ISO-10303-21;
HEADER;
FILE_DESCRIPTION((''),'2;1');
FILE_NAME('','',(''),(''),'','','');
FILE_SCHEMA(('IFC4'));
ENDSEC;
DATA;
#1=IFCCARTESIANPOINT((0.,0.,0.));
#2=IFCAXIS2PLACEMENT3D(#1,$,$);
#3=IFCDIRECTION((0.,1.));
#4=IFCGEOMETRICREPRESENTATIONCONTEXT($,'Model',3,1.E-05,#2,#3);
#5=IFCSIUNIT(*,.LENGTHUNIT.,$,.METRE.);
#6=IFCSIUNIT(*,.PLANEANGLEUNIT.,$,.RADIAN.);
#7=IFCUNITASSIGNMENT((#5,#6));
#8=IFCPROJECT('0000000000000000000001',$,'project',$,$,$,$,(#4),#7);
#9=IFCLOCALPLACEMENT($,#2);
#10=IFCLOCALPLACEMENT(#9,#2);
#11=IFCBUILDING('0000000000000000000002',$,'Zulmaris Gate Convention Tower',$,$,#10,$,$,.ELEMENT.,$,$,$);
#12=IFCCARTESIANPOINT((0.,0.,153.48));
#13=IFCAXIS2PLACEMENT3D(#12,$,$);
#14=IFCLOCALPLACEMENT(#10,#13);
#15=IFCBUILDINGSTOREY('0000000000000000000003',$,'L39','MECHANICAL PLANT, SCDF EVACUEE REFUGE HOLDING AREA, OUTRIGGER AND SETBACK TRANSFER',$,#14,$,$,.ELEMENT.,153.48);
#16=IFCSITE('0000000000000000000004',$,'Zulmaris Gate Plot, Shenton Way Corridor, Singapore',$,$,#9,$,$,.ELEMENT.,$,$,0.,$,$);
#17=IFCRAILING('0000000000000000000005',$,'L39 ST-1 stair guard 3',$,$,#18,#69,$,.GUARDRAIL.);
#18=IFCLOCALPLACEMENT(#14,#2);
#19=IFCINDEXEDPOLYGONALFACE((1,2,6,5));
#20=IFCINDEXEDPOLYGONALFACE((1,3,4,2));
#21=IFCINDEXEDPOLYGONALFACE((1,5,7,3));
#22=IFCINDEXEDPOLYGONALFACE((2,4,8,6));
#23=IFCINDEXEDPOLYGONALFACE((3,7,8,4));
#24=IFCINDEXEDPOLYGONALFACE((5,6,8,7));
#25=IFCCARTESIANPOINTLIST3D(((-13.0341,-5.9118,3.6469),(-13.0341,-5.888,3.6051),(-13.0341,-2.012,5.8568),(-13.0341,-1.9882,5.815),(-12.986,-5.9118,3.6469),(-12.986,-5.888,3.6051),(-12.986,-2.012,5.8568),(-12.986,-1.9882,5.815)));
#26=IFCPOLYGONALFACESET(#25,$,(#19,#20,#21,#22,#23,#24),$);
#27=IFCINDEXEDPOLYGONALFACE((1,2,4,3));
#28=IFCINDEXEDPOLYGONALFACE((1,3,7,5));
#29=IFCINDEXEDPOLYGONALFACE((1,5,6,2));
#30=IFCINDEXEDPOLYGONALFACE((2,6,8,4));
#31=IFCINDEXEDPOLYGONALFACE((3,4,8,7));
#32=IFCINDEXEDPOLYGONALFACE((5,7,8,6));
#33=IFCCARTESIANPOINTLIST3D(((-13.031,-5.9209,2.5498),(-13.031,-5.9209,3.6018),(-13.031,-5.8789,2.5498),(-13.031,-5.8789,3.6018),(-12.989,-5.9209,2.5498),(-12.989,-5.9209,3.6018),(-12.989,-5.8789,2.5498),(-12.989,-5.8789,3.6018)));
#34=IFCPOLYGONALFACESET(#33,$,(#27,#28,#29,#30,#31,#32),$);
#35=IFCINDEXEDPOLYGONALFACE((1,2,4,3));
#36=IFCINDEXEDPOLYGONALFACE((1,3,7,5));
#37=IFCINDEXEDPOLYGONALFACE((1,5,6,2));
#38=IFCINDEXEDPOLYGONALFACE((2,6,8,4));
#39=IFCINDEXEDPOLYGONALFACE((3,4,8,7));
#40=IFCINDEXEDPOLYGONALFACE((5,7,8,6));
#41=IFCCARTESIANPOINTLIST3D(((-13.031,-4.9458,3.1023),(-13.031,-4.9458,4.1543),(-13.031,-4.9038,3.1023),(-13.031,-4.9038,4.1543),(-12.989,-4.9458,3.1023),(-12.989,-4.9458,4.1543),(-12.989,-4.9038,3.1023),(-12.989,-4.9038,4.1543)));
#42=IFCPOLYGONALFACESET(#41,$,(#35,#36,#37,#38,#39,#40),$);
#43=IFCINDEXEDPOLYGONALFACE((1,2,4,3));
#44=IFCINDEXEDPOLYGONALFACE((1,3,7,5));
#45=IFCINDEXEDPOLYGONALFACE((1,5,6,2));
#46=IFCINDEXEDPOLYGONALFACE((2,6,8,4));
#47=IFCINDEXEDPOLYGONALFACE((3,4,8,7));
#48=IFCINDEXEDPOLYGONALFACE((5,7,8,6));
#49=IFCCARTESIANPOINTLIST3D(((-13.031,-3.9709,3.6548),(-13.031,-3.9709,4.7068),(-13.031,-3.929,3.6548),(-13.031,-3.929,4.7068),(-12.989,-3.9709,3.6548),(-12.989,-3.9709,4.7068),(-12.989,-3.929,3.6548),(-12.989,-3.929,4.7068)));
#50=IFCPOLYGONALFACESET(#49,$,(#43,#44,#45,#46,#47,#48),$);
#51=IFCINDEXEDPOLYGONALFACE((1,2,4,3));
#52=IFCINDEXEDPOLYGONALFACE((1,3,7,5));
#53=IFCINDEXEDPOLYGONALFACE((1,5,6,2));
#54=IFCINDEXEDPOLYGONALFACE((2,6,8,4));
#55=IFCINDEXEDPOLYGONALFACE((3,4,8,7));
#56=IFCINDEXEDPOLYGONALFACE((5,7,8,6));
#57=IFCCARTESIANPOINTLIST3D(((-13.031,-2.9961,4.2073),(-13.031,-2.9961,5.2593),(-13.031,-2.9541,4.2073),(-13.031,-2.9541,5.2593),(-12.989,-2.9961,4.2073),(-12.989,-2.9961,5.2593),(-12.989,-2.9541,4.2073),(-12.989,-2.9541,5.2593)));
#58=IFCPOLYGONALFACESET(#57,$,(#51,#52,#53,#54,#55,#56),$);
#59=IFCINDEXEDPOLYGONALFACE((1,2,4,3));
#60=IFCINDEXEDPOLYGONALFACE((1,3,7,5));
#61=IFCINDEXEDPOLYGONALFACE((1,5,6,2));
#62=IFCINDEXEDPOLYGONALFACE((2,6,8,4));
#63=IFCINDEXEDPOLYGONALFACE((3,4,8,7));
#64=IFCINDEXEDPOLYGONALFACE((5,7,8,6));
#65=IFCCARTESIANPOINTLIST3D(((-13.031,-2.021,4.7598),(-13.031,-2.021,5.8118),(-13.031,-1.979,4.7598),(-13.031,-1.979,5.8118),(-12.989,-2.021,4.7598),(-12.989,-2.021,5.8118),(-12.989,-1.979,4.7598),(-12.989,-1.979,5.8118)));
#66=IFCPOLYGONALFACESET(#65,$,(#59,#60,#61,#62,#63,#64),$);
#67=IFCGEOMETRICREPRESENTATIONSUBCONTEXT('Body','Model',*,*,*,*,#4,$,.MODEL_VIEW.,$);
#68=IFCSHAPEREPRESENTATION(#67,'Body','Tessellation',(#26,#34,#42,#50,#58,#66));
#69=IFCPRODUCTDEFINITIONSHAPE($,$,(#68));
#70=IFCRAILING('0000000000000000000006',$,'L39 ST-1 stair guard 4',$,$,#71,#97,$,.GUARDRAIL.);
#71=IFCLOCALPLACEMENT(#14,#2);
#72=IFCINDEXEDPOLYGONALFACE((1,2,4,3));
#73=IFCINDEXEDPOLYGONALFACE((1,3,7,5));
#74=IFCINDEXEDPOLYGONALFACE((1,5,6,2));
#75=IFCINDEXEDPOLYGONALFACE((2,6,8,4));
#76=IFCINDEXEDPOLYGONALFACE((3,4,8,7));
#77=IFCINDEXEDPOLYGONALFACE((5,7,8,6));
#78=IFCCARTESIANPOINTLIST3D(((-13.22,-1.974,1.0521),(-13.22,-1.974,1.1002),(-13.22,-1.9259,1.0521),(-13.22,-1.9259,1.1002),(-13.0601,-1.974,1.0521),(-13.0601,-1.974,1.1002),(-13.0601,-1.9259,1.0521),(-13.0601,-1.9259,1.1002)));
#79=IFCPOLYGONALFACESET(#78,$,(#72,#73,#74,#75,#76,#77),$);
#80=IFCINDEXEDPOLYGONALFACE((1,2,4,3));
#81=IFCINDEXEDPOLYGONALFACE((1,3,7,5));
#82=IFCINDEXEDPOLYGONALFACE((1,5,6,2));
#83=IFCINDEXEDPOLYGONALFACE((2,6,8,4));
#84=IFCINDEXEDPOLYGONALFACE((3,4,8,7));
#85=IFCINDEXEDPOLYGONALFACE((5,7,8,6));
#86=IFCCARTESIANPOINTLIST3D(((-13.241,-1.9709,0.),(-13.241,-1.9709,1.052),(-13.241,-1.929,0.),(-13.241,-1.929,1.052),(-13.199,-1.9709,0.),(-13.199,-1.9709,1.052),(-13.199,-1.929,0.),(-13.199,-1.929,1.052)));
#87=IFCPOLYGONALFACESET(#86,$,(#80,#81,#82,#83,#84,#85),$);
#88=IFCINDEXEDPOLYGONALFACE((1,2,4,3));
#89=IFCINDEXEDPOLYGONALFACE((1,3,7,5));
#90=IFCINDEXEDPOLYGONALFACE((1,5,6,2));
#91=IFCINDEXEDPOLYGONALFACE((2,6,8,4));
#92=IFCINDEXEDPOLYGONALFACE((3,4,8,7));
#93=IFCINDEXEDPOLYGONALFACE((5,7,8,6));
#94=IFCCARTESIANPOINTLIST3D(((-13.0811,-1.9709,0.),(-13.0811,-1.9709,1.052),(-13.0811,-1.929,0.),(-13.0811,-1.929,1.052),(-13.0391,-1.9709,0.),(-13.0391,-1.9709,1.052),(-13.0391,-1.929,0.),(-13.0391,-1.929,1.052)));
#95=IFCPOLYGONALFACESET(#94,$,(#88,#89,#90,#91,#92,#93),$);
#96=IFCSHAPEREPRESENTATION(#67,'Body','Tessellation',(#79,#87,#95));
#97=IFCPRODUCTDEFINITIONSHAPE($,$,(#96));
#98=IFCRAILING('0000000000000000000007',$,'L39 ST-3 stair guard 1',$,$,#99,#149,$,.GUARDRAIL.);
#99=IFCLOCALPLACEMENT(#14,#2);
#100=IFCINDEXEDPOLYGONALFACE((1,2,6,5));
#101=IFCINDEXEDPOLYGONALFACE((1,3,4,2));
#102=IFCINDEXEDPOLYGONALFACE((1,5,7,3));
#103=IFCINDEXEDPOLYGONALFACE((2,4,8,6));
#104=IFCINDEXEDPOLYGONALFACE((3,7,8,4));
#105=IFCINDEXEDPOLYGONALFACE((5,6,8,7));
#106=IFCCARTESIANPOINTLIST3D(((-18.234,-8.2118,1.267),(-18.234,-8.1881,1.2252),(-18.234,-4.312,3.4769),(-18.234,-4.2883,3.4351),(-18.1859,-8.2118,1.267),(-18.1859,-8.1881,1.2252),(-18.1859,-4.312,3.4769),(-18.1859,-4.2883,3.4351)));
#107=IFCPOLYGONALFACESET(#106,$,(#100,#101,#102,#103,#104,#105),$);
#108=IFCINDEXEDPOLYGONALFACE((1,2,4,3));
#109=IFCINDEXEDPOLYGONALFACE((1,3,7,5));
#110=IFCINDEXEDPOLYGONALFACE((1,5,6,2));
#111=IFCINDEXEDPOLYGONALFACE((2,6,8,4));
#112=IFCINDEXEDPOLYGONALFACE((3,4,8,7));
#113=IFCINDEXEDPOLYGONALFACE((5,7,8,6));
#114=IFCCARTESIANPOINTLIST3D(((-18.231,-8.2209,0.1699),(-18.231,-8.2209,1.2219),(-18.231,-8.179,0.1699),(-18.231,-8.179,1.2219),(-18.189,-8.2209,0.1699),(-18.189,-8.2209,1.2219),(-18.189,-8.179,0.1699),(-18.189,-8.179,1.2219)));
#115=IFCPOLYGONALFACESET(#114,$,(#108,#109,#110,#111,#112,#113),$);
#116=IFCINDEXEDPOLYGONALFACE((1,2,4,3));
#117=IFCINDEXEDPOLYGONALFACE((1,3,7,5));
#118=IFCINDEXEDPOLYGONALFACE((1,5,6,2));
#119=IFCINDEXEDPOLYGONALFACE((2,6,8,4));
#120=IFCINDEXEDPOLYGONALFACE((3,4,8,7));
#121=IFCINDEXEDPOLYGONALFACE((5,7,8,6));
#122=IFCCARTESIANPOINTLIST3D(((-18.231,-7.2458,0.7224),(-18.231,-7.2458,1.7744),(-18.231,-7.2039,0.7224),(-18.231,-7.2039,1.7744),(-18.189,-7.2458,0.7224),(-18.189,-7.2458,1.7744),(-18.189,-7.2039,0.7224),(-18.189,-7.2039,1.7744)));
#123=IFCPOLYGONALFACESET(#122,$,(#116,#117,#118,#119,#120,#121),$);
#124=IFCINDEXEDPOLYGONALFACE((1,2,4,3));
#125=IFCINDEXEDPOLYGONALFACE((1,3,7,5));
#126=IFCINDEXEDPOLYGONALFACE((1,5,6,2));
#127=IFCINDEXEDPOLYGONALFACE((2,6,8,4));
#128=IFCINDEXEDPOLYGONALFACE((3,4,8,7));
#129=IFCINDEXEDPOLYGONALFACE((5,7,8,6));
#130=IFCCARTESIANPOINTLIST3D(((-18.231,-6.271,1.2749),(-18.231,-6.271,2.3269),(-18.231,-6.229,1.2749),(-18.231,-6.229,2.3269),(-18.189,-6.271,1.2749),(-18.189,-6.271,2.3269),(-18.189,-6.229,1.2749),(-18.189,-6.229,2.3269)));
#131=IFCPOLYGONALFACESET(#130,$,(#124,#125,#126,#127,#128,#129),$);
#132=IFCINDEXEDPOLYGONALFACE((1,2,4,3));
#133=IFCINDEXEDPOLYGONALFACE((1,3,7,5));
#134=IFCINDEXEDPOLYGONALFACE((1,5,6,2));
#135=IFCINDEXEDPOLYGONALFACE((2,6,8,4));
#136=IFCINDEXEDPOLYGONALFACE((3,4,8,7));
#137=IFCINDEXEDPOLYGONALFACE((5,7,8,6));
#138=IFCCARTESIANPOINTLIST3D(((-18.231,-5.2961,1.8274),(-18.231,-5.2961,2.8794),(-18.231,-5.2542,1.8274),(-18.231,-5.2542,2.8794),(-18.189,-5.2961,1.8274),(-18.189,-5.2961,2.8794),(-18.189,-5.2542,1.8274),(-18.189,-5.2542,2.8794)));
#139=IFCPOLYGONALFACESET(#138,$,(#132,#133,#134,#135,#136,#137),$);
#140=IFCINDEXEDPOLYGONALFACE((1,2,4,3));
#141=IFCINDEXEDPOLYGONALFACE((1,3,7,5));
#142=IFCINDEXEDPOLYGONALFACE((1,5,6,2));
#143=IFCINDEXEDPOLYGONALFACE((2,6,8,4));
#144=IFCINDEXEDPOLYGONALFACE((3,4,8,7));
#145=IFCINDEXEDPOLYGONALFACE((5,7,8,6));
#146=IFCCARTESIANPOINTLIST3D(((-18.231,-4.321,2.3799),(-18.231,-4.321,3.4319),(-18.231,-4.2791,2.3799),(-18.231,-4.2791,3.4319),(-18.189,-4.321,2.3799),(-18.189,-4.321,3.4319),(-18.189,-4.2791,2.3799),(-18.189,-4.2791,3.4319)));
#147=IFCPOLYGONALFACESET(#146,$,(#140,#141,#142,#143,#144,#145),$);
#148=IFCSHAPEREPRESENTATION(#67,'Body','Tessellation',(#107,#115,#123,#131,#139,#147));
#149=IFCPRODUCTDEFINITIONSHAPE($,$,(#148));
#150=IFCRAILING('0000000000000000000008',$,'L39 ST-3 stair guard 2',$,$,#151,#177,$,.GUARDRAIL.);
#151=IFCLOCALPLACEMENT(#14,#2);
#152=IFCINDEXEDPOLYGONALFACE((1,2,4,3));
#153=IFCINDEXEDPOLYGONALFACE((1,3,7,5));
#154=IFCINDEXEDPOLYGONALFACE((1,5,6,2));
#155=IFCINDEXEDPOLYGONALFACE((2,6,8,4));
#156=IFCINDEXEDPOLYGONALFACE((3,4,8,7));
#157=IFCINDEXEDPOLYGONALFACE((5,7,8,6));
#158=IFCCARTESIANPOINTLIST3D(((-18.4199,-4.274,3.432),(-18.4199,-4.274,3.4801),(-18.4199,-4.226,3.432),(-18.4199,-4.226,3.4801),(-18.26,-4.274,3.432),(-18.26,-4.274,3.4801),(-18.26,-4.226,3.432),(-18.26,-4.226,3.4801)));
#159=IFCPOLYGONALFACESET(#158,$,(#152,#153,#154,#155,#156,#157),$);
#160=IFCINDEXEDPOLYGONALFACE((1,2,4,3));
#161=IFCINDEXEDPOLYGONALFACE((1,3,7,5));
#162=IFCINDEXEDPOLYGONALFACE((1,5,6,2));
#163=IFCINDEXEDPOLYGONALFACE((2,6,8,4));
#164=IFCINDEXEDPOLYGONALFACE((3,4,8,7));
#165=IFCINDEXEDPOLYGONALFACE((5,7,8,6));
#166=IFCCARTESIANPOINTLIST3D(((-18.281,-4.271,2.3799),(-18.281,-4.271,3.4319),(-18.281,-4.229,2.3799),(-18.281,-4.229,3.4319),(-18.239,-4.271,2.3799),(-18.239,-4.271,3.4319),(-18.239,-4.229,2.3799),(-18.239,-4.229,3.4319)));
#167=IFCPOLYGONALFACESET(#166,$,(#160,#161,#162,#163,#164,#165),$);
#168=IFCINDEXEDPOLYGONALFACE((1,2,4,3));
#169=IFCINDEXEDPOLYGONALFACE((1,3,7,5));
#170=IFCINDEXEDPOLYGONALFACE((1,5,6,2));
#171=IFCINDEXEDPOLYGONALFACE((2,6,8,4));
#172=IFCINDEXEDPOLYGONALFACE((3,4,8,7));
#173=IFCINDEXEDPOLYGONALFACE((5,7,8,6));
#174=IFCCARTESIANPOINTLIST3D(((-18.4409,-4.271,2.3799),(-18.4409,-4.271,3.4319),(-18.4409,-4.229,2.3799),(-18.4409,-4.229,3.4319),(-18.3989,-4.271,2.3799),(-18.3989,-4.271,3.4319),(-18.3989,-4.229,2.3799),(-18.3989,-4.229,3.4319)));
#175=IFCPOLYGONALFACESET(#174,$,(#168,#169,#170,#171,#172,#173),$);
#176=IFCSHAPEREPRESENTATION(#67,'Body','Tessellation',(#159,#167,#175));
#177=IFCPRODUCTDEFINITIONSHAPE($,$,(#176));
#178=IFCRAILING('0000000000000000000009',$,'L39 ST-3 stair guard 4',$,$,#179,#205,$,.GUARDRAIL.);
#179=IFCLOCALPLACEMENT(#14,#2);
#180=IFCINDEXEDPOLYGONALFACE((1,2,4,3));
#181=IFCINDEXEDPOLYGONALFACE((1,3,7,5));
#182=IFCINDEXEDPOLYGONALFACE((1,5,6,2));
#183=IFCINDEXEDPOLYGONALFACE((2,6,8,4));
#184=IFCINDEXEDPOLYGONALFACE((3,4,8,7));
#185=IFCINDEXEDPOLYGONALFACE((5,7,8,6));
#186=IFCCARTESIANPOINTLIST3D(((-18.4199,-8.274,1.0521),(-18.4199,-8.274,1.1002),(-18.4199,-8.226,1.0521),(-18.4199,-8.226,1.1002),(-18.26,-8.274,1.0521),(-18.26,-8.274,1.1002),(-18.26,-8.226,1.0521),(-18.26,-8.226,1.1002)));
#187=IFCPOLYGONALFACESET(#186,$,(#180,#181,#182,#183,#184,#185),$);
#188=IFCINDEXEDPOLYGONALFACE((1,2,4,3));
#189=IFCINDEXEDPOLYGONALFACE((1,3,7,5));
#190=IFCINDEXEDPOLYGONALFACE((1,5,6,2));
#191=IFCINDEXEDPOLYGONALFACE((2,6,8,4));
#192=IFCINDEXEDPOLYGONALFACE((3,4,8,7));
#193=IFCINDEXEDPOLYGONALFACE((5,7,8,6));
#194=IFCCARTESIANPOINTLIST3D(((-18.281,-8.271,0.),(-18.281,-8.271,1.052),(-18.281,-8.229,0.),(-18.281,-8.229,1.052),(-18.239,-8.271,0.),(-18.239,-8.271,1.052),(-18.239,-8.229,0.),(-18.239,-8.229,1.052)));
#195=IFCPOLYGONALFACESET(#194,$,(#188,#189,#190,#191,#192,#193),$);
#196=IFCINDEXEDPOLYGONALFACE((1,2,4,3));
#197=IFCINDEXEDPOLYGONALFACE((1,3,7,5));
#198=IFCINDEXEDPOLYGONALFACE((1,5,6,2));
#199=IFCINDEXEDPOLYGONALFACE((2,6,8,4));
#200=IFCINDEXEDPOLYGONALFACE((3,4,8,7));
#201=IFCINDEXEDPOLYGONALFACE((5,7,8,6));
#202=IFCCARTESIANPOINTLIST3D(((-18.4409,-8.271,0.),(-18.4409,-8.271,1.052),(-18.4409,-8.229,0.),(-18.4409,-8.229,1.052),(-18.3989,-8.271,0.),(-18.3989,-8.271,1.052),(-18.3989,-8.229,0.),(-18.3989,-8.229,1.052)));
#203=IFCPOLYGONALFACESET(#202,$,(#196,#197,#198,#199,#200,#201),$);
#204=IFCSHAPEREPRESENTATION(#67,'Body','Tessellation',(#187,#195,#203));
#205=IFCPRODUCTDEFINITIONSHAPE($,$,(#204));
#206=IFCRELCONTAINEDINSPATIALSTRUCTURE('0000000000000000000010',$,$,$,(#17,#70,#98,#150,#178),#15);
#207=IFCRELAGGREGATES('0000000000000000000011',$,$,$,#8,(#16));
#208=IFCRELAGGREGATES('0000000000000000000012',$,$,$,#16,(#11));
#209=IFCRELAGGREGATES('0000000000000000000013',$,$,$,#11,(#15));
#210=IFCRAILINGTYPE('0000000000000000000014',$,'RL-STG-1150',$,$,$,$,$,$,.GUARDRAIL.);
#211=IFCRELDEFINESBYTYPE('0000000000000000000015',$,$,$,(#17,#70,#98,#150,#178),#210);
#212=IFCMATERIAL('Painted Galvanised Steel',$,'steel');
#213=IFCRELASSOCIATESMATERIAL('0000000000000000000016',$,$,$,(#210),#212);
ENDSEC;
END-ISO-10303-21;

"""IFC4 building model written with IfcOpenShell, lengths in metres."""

from ifc_helpers import new_model, si_unit, direction, frame, origin, origin_2d, place, context, subcontext, project, spatial, rectangle, extrude, material, type_object, element, save


model = new_model("IFC4")

# Units and contexts
model_context = context("Model", 3, precision=1e-05, world=origin(), true_north=direction((0.0, 1.0)))
body_context = subcontext(model_context, "Body", "Model", "MODEL_VIEW")
ifc_project = project(units=[si_unit("LENGTHUNIT", "METRE"), si_unit("PLANEANGLEUNIT", "RADIAN")], contexts=[model_context])

# Site, building, storey
site_placement = place(None, origin())
site = spatial("IfcSite", under=ifc_project, at=site_placement, Name="Zulmaris Gate Plot, Shenton Way Corridor, Singapore", CompositionType="ELEMENT", RefElevation=0.0)
building_placement = place(site_placement, origin())
building = spatial("IfcBuilding", under=site, at=building_placement, Name="Zulmaris Gate Convention Tower", CompositionType="ELEMENT")
storey_placement = place(building_placement, frame((0.0, 0.0, 153.48)))
storey = spatial("IfcBuildingStorey", under=building, at=storey_placement, Name="L39", Description="MECHANICAL PLANT, SCDF EVACUEE REFUGE HOLDING AREA, OUTRIGGER AND SETBACK TRANSFER", CompositionType="ELEMENT", Elevation=153.48)

# Railings
ifc_material_1 = material(Name="Painted Galvanised Steel", Category="steel")
railing_type_1 = type_object("IfcRailingType", Name="RL-STG-1150", PredefinedType="GUARDRAIL", material=ifc_material_1)
railing_1_placement = place(storey_placement, frame((-13.01, -5.8999, 2.5498)))
element("IfcRailing", 1, at=railing_1_placement, inside=storey, type_object=railing_type_1, Name="L39 ST-1 stair guard 3", PredefinedType="GUARDRAIL", context=body_context, shape_type="SweptSolid", body=[
    extrude(rectangle(XDim=0.0481, YDim=0.0481, at=origin_2d()), frame((0.0, 0.0, 1.0762), z_axis=(0.0, 0.870021, 0.493015), x_axis=(-1.0, 0.0, 0.0)), (0.0, 0.0, 1.0), 4.4824),
    extrude(rectangle(XDim=0.042, YDim=0.042, at=origin_2d()), origin(), (0.0, 0.0, 1.0), 1.052),
    extrude(rectangle(XDim=0.042, YDim=0.042, at=origin_2d()), frame((0.0, 0.9751, 0.5525)), (0.0, 0.0, 1.0), 1.052),
    extrude(rectangle(XDim=0.042, YDim=0.042, at=origin_2d()), frame((0.0, 1.95, 1.105)), (0.0, 0.0, 1.0), 1.052),
    extrude(rectangle(XDim=0.042, YDim=0.042, at=origin_2d()), frame((0.0, 2.9248, 1.6575)), (0.0, 0.0, 1.0), 1.052),
    extrude(rectangle(XDim=0.042, YDim=0.042, at=origin_2d()), frame((0.0, 3.8999, 2.21)), (0.0, 0.0, 1.0), 1.052),
])
railing_2_placement = place(storey_placement, frame((-13.22, -1.95, 0.0)))
element("IfcRailing", 2, at=railing_2_placement, inside=storey, type_object=railing_type_1, Name="L39 ST-1 stair guard 4", PredefinedType="GUARDRAIL", context=body_context, shape_type="SweptSolid", body=[
    extrude(rectangle(XDim=0.0481, YDim=0.0481, at=origin_2d()), frame((0.0, 0.0, 1.0762), z_axis=(1.0, 0.0, 0.0), x_axis=(0.0, 1.0, 0.0)), (0.0, 0.0, 1.0), 0.1599),
    extrude(rectangle(XDim=0.042, YDim=0.042, at=origin_2d()), origin(), (0.0, 0.0, 1.0), 1.052),
    extrude(rectangle(XDim=0.042, YDim=0.042, at=origin_2d()), frame((0.1599, 0.0, 0.0)), (0.0, 0.0, 1.0), 1.052),
])
railing_3_placement = place(storey_placement, frame((-18.21, -8.2, 0.1699)))
element("IfcRailing", 3, at=railing_3_placement, inside=storey, type_object=railing_type_1, Name="L39 ST-3 stair guard 1", PredefinedType="GUARDRAIL", context=body_context, shape_type="SweptSolid", body=[
    extrude(rectangle(XDim=0.0481, YDim=0.0481, at=origin_2d()), frame((0.0, 0.0, 1.0762), z_axis=(0.0, 0.870021, 0.493015), x_axis=(-1.0, 0.0, 0.0)), (0.0, 0.0, 1.0), 4.4824),
    extrude(rectangle(XDim=0.042, YDim=0.042, at=origin_2d()), origin(), (0.0, 0.0, 1.0), 1.052),
    extrude(rectangle(XDim=0.042, YDim=0.042, at=origin_2d()), frame((0.0, 0.9751, 0.5525)), (0.0, 0.0, 1.0), 1.052),
    extrude(rectangle(XDim=0.042, YDim=0.042, at=origin_2d()), frame((0.0, 1.95, 1.105)), (0.0, 0.0, 1.0), 1.052),
    extrude(rectangle(XDim=0.042, YDim=0.042, at=origin_2d()), frame((0.0, 2.9248, 1.6575)), (0.0, 0.0, 1.0), 1.052),
    extrude(rectangle(XDim=0.042, YDim=0.042, at=origin_2d()), frame((0.0, 3.8999, 2.21)), (0.0, 0.0, 1.0), 1.052),
])
for number, where, name in (
    (4, (-18.26, -4.25, 2.3799), "L39 ST-3 stair guard 2"),
    (5, (-18.26, -8.25, 0.0), "L39 ST-3 stair guard 4"),
):
    element("IfcRailing", number, at=place(storey_placement, frame(where)), inside=storey, type_object=railing_type_1, Name=name, PredefinedType="GUARDRAIL", context=body_context, shape_type="SweptSolid", body=[
        extrude(rectangle(XDim=0.0481, YDim=0.0481, at=origin_2d()), frame((0.0, 0.0, 1.0762), z_axis=(-1.0, 0.0, 0.0), x_axis=(0.0, -1.0, 0.0)), (0.0, 0.0, 1.0), 0.1599),
        extrude(rectangle(XDim=0.042, YDim=0.042, at=origin_2d()), origin(), (0.0, 0.0, 1.0), 1.052),
        extrude(rectangle(XDim=0.042, YDim=0.042, at=origin_2d()), frame((-0.1599, 0.0, 0.0)), (0.0, 0.0, 1.0), 1.052),
    ])

save(model, "model.ifc")
